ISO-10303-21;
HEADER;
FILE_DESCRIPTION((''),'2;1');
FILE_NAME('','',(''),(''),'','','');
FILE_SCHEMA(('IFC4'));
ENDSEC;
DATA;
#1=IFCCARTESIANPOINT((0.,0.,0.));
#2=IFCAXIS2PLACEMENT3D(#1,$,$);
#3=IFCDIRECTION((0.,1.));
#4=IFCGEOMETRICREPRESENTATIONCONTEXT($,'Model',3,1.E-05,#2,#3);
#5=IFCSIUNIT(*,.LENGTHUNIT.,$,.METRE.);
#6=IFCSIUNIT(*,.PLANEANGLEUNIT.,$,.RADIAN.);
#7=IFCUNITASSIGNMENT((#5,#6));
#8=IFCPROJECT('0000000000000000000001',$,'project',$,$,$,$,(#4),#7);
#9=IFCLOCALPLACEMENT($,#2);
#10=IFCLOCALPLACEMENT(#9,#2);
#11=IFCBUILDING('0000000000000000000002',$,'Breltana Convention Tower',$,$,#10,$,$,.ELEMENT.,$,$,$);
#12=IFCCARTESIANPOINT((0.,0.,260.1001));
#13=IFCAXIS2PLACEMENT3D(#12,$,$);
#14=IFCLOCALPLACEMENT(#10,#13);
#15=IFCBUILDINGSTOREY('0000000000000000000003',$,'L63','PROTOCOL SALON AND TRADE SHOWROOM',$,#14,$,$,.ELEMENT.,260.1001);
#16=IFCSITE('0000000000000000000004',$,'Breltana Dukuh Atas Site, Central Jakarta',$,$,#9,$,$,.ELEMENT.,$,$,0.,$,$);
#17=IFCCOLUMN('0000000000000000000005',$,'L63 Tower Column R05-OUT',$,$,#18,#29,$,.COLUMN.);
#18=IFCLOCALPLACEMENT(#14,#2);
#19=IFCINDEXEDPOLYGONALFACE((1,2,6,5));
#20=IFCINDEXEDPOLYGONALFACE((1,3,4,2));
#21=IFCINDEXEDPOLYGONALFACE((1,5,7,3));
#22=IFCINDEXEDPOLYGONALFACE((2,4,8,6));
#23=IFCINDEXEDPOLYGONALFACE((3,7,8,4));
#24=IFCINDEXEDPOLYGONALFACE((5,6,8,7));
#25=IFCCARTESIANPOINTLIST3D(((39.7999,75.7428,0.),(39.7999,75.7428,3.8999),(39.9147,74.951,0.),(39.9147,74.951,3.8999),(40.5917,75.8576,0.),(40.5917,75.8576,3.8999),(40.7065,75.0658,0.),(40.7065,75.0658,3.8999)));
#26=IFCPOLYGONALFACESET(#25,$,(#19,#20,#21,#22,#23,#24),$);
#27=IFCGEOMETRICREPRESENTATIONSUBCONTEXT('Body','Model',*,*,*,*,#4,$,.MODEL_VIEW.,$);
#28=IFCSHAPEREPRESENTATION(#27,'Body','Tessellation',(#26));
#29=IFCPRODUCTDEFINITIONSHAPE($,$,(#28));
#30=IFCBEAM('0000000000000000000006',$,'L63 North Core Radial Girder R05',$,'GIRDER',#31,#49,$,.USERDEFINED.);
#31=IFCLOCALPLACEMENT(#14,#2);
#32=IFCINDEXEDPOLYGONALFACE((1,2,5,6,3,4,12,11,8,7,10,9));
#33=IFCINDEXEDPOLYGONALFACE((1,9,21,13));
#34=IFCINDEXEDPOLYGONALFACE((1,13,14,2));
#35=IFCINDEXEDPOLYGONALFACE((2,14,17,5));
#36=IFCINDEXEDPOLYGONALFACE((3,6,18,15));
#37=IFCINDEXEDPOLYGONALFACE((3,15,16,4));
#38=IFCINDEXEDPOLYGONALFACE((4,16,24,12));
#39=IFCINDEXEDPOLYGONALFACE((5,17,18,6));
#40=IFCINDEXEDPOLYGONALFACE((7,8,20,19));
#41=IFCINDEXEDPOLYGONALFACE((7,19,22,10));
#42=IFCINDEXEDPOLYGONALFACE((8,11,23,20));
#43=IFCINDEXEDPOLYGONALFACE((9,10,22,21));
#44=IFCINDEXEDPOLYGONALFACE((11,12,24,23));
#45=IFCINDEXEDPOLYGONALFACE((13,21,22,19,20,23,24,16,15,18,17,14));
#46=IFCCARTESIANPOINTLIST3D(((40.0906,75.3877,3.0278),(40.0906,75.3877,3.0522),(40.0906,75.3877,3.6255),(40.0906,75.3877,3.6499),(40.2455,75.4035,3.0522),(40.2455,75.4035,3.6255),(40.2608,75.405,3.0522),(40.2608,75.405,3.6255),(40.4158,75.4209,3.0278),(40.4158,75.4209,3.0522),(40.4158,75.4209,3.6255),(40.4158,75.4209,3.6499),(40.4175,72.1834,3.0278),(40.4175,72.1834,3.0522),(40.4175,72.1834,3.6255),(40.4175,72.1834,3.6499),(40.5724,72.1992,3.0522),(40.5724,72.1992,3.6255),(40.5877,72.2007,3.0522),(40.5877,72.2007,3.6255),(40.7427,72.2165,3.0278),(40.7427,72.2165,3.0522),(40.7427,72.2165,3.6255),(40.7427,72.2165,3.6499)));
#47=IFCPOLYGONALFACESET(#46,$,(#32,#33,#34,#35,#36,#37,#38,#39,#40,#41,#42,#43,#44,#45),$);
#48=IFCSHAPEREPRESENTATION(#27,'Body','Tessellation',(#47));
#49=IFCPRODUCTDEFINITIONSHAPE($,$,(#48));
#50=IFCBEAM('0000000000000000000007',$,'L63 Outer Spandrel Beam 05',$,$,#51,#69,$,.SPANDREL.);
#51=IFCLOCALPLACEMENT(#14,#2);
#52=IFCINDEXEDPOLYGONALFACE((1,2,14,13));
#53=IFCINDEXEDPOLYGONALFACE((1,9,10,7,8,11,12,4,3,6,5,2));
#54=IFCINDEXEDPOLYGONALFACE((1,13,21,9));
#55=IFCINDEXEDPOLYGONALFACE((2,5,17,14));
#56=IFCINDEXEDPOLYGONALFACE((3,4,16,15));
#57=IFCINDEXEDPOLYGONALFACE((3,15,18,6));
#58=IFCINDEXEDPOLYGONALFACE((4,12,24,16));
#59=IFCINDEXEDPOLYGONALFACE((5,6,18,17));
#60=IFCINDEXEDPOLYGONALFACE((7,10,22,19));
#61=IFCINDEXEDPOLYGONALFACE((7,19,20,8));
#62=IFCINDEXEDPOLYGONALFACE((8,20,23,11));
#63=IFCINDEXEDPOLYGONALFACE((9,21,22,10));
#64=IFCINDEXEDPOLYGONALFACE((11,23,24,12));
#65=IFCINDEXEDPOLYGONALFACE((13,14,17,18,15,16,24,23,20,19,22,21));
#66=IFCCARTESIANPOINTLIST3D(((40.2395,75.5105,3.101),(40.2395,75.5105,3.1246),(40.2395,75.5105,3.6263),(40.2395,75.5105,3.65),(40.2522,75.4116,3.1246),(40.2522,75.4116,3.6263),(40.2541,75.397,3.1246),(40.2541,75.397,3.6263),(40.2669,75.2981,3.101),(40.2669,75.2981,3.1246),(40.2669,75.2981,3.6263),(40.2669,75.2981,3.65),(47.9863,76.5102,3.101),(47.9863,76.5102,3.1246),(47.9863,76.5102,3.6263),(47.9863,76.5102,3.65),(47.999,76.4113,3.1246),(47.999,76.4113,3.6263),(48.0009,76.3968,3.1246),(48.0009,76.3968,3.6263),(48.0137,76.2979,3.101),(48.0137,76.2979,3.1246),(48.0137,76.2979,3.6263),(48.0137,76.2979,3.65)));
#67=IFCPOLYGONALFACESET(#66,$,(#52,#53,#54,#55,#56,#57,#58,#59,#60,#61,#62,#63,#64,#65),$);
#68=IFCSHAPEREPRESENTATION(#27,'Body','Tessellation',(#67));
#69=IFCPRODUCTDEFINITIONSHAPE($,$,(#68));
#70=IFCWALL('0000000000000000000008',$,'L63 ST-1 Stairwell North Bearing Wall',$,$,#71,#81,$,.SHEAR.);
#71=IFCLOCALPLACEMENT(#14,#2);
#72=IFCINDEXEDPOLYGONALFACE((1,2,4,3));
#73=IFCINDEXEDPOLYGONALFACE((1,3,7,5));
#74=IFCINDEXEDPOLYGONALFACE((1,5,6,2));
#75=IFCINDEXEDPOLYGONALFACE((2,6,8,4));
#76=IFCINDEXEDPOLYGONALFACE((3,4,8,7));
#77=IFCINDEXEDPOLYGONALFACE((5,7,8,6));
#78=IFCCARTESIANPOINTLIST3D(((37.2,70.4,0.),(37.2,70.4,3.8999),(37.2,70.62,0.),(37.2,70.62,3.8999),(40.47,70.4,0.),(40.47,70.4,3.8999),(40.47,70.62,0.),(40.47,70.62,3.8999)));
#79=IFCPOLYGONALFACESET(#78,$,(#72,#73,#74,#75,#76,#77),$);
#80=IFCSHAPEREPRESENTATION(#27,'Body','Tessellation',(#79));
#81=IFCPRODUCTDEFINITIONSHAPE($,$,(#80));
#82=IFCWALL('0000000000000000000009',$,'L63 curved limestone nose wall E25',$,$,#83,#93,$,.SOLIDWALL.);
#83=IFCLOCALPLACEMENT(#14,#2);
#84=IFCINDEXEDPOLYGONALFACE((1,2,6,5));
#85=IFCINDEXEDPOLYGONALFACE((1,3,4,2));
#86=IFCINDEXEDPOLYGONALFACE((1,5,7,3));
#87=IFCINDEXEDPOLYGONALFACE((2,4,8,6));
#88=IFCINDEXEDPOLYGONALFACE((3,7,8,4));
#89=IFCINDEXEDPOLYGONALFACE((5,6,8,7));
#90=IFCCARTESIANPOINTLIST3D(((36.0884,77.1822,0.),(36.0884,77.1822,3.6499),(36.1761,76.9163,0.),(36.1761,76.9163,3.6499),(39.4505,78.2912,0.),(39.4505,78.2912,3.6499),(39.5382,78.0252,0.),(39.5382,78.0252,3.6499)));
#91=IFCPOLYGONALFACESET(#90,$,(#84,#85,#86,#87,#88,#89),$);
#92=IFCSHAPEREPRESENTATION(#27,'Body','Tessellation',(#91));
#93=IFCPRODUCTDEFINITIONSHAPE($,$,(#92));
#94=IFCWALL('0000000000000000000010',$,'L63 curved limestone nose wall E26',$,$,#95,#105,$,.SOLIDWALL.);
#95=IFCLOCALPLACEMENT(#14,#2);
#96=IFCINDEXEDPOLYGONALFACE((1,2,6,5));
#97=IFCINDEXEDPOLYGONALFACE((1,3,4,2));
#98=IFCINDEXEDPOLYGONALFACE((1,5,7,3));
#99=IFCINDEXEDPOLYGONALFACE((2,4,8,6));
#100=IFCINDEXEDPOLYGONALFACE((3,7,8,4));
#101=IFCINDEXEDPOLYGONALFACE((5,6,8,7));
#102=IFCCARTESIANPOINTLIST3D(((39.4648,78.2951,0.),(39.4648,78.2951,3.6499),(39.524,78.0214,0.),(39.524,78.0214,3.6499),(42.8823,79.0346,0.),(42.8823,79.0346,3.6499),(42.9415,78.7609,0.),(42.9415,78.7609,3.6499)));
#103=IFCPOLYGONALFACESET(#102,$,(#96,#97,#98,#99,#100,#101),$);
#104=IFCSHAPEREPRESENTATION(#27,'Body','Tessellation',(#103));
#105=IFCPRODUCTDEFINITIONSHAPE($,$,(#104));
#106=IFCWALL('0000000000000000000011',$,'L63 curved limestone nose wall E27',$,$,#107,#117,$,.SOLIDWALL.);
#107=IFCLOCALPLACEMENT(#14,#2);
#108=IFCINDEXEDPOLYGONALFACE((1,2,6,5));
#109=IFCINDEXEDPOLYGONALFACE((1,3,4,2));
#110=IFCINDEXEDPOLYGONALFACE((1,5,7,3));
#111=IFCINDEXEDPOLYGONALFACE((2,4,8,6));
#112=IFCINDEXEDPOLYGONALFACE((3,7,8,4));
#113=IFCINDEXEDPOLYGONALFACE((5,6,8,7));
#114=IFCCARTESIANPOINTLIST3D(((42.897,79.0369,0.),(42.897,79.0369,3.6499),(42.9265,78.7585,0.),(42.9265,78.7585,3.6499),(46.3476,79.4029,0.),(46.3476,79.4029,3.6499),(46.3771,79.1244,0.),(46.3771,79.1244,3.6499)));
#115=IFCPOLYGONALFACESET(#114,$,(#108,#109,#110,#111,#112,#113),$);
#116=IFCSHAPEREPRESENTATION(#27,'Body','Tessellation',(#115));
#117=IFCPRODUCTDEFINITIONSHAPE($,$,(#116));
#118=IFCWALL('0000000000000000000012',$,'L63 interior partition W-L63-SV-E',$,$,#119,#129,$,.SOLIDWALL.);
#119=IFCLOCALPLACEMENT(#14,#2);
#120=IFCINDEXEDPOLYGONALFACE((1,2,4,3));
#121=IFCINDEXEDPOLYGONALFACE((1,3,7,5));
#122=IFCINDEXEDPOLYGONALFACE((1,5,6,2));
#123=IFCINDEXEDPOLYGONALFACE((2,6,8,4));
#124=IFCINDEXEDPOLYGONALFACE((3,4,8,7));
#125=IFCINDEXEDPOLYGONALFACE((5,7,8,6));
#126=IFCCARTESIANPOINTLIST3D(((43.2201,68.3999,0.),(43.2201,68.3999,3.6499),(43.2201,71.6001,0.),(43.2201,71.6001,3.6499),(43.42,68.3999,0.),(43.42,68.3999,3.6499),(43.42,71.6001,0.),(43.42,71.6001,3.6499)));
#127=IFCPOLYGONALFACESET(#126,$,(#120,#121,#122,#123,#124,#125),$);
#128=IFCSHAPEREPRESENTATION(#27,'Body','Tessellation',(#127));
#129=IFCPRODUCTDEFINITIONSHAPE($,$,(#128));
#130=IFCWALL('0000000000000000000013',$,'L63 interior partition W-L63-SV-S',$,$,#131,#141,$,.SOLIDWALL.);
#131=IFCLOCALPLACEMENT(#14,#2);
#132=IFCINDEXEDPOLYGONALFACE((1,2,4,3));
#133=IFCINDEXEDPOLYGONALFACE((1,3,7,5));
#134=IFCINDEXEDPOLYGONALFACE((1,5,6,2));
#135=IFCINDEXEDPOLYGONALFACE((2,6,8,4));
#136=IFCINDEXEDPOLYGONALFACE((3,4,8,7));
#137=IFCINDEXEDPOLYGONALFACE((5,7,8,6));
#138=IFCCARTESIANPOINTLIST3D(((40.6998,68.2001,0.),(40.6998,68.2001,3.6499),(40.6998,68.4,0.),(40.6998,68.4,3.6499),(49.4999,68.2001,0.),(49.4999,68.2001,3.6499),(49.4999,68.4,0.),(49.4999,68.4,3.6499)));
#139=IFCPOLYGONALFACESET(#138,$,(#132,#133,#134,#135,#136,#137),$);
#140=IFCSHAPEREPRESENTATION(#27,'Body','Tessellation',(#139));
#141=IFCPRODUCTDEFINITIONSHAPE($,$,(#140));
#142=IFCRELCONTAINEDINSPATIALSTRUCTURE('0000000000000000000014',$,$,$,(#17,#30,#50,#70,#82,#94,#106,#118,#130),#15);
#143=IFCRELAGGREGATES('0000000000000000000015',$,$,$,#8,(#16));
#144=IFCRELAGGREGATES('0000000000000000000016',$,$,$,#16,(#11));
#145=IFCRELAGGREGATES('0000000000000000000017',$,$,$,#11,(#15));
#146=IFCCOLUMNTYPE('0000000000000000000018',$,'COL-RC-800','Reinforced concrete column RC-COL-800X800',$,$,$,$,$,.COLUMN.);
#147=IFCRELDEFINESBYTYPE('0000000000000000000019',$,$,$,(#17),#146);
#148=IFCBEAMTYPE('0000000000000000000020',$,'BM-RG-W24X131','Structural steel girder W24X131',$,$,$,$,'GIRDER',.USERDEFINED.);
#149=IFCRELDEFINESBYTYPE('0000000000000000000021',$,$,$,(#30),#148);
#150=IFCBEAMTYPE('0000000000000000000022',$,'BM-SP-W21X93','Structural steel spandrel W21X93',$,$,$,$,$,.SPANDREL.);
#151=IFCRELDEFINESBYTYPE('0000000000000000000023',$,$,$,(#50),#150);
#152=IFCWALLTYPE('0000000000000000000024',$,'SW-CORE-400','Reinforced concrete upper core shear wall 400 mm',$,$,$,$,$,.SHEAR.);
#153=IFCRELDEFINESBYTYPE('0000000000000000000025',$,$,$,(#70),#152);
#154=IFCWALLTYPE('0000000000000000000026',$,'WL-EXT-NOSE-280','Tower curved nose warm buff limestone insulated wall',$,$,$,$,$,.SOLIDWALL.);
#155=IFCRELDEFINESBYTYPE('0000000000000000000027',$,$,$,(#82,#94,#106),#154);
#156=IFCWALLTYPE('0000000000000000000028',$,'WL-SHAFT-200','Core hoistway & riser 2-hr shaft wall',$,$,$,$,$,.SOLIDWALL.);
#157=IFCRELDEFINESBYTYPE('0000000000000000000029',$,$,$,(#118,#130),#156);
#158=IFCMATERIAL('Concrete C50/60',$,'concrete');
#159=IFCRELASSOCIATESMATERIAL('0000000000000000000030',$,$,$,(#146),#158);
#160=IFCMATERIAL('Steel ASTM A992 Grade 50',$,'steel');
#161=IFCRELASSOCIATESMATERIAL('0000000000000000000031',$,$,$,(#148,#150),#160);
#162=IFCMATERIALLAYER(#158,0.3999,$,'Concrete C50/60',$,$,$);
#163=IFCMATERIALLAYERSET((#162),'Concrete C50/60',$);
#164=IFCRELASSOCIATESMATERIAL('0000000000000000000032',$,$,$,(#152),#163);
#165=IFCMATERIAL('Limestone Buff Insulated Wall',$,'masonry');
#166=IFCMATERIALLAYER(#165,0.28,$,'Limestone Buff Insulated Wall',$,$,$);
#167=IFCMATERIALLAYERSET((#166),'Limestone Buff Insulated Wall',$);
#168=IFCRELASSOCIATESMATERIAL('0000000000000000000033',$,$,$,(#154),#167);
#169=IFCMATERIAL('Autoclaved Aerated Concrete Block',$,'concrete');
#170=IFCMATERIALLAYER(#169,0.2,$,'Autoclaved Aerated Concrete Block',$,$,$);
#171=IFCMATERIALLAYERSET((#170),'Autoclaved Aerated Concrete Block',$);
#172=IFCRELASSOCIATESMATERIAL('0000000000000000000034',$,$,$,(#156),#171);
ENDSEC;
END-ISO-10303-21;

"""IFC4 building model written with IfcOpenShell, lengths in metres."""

from ifc_helpers import new_model, si_unit, direction, frame, frame_2d, origin, origin_2d, place, context, subcontext, project, spatial, rectangle, i_section, extrude, source, transform, mapped, material, layer, layer_set, material_profile, profile_set, type_object, element, save


model = new_model("IFC4")

# Units and contexts
model_context = context("Model", 3, precision=1e-05, world=origin(), true_north=direction((0.0, 1.0)))
body_context = subcontext(model_context, "Body", "Model", "MODEL_VIEW")
ifc_project = project(units=[si_unit("LENGTHUNIT", "METRE"), si_unit("PLANEANGLEUNIT", "RADIAN")], contexts=[model_context])

# Site, building, storey
site_placement = place(None, origin())
site = spatial("IfcSite", under=ifc_project, at=site_placement, Name="Breltana Dukuh Atas Site, Central Jakarta", CompositionType="ELEMENT", RefElevation=0.0)
building_placement = place(site_placement, origin())
building = spatial("IfcBuilding", under=site, at=building_placement, Name="Breltana Convention Tower", CompositionType="ELEMENT")
storey_placement = place(building_placement, frame((0.0, 0.0, 260.1001)))
storey = spatial("IfcBuildingStorey", under=building, at=storey_placement, Name="L63", Description="PROTOCOL SALON AND TRADE SHOWROOM", CompositionType="ELEMENT", Elevation=260.1001)

# Column
ifc_material_1 = material(Name="Concrete C50/60", Category="concrete")
ifc_material_profile_1 = material_profile(ifc_material_1, rectangle(XDim=0.8, YDim=0.8, at=origin_2d()), Name="RC-COL-800X800")
ifc_profile_set_1 = profile_set([ifc_material_profile_1], Name="Concrete C50/60")
column_type = type_object("IfcColumnType", Name="COL-RC-800", Description="Reinforced concrete column RC-COL-800X800", PredefinedType="COLUMN", material=ifc_profile_set_1)
shared_shape_1 = source(origin(), body_context, "Body", "SweptSolid", [
    extrude(rectangle(XDim=0.8, YDim=0.8, at=origin_2d()), origin(), (0.0, 0.0, 1.0), 3.8999),
])
column_placement = place(storey_placement, frame((40.2532, 75.4043, 0.0), z_axis=(0.0, 0.0, 1.0), x_axis=(-0.143493, 0.989651, 0.0)))
element("IfcColumn", 1, at=column_placement, inside=storey, type_object=column_type, Name="L63 Tower Column R05-OUT", PredefinedType="COLUMN", context=body_context, shape_type="MappedRepresentation", body=[
    mapped(shared_shape_1, transform((0.0, 0.0, 0.0), scale=1.0)),
])

# Beams
ifc_material_2 = material(Name="Steel ASTM A992 Grade 50", Category="steel")
ifc_material_profile_2 = material_profile(ifc_material_2, i_section(OverallWidth=0.3269, OverallDepth=0.6221, WebThickness=0.0154, FlangeThickness=0.0244, at=origin_2d()), Name="W24X131")
ifc_profile_set_2 = profile_set([ifc_material_profile_2], Name="Steel ASTM A992 Grade 50")
beam_type_1 = type_object("IfcBeamType", Name="BM-RG-W24X131", Description="Structural steel girder W24X131", ElementType="GIRDER", PredefinedType="USERDEFINED", material=ifc_profile_set_2)
shared_shape_2 = source(origin(), body_context, "Body", "SweptSolid", [
    extrude(i_section(OverallWidth=0.3269, OverallDepth=0.6221, WebThickness=0.0154, FlangeThickness=0.0244, at=origin_2d()), origin(), (0.0, 0.0, 1.0), 3.2209),
])
beam_1_placement = place(storey_placement, frame((40.5801, 72.2, 3.3389), z_axis=(-0.101492, 0.994836, 0.0), x_axis=(-0.994836, -0.101492, 0.0)))
element("IfcBeam", 2, at=beam_1_placement, inside=storey, type_object=beam_type_1, Name="L63 North Core Radial Girder R05", ObjectType="GIRDER", PredefinedType="USERDEFINED", context=body_context, shape_type="MappedRepresentation", body=[
    mapped(shared_shape_2, transform((0.0, 0.0, 0.0), scale=1.0)),
])
ifc_material_profile_3 = material_profile(ifc_material_2, i_section(OverallWidth=0.2141, OverallDepth=0.5491, WebThickness=0.0146, FlangeThickness=0.0237, at=origin_2d()), Name="W21X93")
ifc_profile_set_3 = profile_set([ifc_material_profile_3], Name="Steel ASTM A992 Grade 50")
beam_type_2 = type_object("IfcBeamType", Name="BM-SP-W21X93", Description="Structural steel spandrel W21X93", PredefinedType="SPANDREL", material=ifc_profile_set_3)
shared_shape_3 = source(origin(), body_context, "Body", "SweptSolid", [
    extrude(i_section(OverallWidth=0.2141, OverallDepth=0.5491, WebThickness=0.0146, FlangeThickness=0.0237, at=origin_2d()), origin(), (0.0, 0.0, 1.0), 7.811),
])
beam_2_placement = place(storey_placement, frame((40.2532, 75.4043, 3.3755), z_axis=(0.991775, 0.127992, 0.0), x_axis=(-0.127992, 0.991775, 0.0)))
element("IfcBeam", 3, at=beam_2_placement, inside=storey, type_object=beam_type_2, Name="L63 Outer Spandrel Beam 05", PredefinedType="SPANDREL", context=body_context, shape_type="MappedRepresentation", body=[
    mapped(shared_shape_3, transform((0.0, 0.0, 0.0), scale=1.0)),
])

# Wall
ifc_layer_1 = layer(ifc_material_1, 0.3999, Name="Concrete C50/60")
ifc_layer_set_1 = layer_set([ifc_layer_1], Name="Concrete C50/60")
wall_type_1 = type_object("IfcWallType", Name="SW-CORE-400", Description="Reinforced concrete upper core shear wall 400 mm", PredefinedType="SHEAR", material=ifc_layer_set_1)
shared_shape_4 = source(origin(), body_context, "Body", "SweptSolid", [
    extrude(rectangle(XDim=3.27, YDim=0.22, at=frame_2d((1.635, 0.0))), origin(), (0.0, 0.0, 1.0), 3.8999),
])
wall_1_placement = place(storey_placement, frame((37.2, 70.51, 0.0), z_axis=(0.0, 0.0, 1.0), x_axis=(1.0, 0.0, 0.0)))
element("IfcWall", 4, at=wall_1_placement, inside=storey, type_object=wall_type_1, Name="L63 ST-1 Stairwell North Bearing Wall", PredefinedType="SHEAR", context=body_context, shape_type="MappedRepresentation", body=[
    mapped(shared_shape_4, transform((0.0, 0.0, 0.0), scale=1.0)),
])

# Walls
ifc_material_3 = material(Name="Limestone Buff Insulated Wall", Category="masonry")
ifc_layer_2 = layer(ifc_material_3, 0.28, Name="Limestone Buff Insulated Wall")
ifc_layer_set_2 = layer_set([ifc_layer_2], Name="Limestone Buff Insulated Wall")
wall_type_2 = type_object("IfcWallType", Name="WL-EXT-NOSE-280", Description="Tower curved nose warm buff limestone insulated wall", PredefinedType="SOLIDWALL", material=ifc_layer_set_2)
shared_shape_5 = source(origin(), body_context, "Body", "SweptSolid", [
    extrude(rectangle(XDim=3.5403, YDim=0.28, at=frame_2d((1.77, 0.0))), origin(), (0.0, 0.0, 1.0), 3.6499),
])
wall_2_placement = place(storey_placement, frame((36.1323, 77.0493, 0.0), z_axis=(0.0, 0.0, 1.0), x_axis=(0.949679, 0.313226, 0.0)))
element("IfcWall", 5, at=wall_2_placement, inside=storey, type_object=wall_type_2, Name="L63 curved limestone nose wall E25", PredefinedType="SOLIDWALL", context=body_context, shape_type="MappedRepresentation", body=[
    mapped(shared_shape_5, transform((0.0, 0.0, 0.0), scale=1.0)),
])
shared_shape_6 = source(origin(), body_context, "Body", "SweptSolid", [
    extrude(rectangle(XDim=3.4966, YDim=0.28, at=frame_2d((1.7483, 0.0))), origin(), (0.0, 0.0, 1.0), 3.6499),
])
wall_3_placement = place(storey_placement, frame((39.4944, 78.1582, 0.0), z_axis=(0.0, 0.0, 1.0), x_axis=(0.977379, 0.211493, 0.0)))
element("IfcWall", 6, at=wall_3_placement, inside=storey, type_object=wall_type_2, Name="L63 curved limestone nose wall E26", PredefinedType="SOLIDWALL", context=body_context, shape_type="MappedRepresentation", body=[
    mapped(shared_shape_6, transform((0.0, 0.0, 0.0), scale=1.0)),
])
shared_shape_7 = source(origin(), body_context, "Body", "SweptSolid", [
    extrude(rectangle(XDim=3.47, YDim=0.28, at=frame_2d((1.7349, 0.0))), origin(), (0.0, 0.0, 1.0), 3.6499),
])
wall_4_placement = place(storey_placement, frame((42.9119, 78.8977, 0.0), z_axis=(0.0, 0.0, 1.0), x_axis=(0.994423, 0.105465, 0.0)))
element("IfcWall", 7, at=wall_4_placement, inside=storey, type_object=wall_type_2, Name="L63 curved limestone nose wall E27", PredefinedType="SOLIDWALL", context=body_context, shape_type="MappedRepresentation", body=[
    mapped(shared_shape_7, transform((0.0, 0.0, 0.0), scale=1.0)),
])
ifc_material_4 = material(Name="Autoclaved Aerated Concrete Block", Category="concrete")
ifc_layer_3 = layer(ifc_material_4, 0.2, Name="Autoclaved Aerated Concrete Block")
ifc_layer_set_3 = layer_set([ifc_layer_3], Name="Autoclaved Aerated Concrete Block")
wall_type_3 = type_object("IfcWallType", Name="WL-SHAFT-200", Description="Core hoistway & riser 2-hr shaft wall", PredefinedType="SOLIDWALL", material=ifc_layer_set_3)
shared_shape_8 = source(origin(), body_context, "Body", "SweptSolid", [
    extrude(rectangle(XDim=3.2002, YDim=0.2, at=frame_2d((1.6001, 0.0))), origin(), (0.0, 0.0, 1.0), 3.6499),
])
wall_5_placement = place(storey_placement, frame((43.3201, 68.3999, 0.0), z_axis=(0.0, 0.0, 1.0), x_axis=(0.0, 1.0, 0.0)))
element("IfcWall", 8, at=wall_5_placement, inside=storey, type_object=wall_type_3, Name="L63 interior partition W-L63-SV-E", PredefinedType="SOLIDWALL", context=body_context, shape_type="MappedRepresentation", body=[
    mapped(shared_shape_8, transform((0.0, 0.0, 0.0), scale=1.0)),
])
shared_shape_9 = source(origin(), body_context, "Body", "SweptSolid", [
    extrude(rectangle(XDim=8.8, YDim=0.2, at=frame_2d((4.3999, 0.0))), origin(), (0.0, 0.0, 1.0), 3.6499),
])
wall_6_placement = place(storey_placement, frame((40.7, 68.3, 0.0), z_axis=(0.0, 0.0, 1.0), x_axis=(1.0, 0.0, 0.0)))
element("IfcWall", 9, at=wall_6_placement, inside=storey, type_object=wall_type_3, Name="L63 interior partition W-L63-SV-S", PredefinedType="SOLIDWALL", context=body_context, shape_type="MappedRepresentation", body=[
    mapped(shared_shape_9, transform((0.0, 0.0, 0.0), scale=1.0)),
])

save(model, "model.ifc")
